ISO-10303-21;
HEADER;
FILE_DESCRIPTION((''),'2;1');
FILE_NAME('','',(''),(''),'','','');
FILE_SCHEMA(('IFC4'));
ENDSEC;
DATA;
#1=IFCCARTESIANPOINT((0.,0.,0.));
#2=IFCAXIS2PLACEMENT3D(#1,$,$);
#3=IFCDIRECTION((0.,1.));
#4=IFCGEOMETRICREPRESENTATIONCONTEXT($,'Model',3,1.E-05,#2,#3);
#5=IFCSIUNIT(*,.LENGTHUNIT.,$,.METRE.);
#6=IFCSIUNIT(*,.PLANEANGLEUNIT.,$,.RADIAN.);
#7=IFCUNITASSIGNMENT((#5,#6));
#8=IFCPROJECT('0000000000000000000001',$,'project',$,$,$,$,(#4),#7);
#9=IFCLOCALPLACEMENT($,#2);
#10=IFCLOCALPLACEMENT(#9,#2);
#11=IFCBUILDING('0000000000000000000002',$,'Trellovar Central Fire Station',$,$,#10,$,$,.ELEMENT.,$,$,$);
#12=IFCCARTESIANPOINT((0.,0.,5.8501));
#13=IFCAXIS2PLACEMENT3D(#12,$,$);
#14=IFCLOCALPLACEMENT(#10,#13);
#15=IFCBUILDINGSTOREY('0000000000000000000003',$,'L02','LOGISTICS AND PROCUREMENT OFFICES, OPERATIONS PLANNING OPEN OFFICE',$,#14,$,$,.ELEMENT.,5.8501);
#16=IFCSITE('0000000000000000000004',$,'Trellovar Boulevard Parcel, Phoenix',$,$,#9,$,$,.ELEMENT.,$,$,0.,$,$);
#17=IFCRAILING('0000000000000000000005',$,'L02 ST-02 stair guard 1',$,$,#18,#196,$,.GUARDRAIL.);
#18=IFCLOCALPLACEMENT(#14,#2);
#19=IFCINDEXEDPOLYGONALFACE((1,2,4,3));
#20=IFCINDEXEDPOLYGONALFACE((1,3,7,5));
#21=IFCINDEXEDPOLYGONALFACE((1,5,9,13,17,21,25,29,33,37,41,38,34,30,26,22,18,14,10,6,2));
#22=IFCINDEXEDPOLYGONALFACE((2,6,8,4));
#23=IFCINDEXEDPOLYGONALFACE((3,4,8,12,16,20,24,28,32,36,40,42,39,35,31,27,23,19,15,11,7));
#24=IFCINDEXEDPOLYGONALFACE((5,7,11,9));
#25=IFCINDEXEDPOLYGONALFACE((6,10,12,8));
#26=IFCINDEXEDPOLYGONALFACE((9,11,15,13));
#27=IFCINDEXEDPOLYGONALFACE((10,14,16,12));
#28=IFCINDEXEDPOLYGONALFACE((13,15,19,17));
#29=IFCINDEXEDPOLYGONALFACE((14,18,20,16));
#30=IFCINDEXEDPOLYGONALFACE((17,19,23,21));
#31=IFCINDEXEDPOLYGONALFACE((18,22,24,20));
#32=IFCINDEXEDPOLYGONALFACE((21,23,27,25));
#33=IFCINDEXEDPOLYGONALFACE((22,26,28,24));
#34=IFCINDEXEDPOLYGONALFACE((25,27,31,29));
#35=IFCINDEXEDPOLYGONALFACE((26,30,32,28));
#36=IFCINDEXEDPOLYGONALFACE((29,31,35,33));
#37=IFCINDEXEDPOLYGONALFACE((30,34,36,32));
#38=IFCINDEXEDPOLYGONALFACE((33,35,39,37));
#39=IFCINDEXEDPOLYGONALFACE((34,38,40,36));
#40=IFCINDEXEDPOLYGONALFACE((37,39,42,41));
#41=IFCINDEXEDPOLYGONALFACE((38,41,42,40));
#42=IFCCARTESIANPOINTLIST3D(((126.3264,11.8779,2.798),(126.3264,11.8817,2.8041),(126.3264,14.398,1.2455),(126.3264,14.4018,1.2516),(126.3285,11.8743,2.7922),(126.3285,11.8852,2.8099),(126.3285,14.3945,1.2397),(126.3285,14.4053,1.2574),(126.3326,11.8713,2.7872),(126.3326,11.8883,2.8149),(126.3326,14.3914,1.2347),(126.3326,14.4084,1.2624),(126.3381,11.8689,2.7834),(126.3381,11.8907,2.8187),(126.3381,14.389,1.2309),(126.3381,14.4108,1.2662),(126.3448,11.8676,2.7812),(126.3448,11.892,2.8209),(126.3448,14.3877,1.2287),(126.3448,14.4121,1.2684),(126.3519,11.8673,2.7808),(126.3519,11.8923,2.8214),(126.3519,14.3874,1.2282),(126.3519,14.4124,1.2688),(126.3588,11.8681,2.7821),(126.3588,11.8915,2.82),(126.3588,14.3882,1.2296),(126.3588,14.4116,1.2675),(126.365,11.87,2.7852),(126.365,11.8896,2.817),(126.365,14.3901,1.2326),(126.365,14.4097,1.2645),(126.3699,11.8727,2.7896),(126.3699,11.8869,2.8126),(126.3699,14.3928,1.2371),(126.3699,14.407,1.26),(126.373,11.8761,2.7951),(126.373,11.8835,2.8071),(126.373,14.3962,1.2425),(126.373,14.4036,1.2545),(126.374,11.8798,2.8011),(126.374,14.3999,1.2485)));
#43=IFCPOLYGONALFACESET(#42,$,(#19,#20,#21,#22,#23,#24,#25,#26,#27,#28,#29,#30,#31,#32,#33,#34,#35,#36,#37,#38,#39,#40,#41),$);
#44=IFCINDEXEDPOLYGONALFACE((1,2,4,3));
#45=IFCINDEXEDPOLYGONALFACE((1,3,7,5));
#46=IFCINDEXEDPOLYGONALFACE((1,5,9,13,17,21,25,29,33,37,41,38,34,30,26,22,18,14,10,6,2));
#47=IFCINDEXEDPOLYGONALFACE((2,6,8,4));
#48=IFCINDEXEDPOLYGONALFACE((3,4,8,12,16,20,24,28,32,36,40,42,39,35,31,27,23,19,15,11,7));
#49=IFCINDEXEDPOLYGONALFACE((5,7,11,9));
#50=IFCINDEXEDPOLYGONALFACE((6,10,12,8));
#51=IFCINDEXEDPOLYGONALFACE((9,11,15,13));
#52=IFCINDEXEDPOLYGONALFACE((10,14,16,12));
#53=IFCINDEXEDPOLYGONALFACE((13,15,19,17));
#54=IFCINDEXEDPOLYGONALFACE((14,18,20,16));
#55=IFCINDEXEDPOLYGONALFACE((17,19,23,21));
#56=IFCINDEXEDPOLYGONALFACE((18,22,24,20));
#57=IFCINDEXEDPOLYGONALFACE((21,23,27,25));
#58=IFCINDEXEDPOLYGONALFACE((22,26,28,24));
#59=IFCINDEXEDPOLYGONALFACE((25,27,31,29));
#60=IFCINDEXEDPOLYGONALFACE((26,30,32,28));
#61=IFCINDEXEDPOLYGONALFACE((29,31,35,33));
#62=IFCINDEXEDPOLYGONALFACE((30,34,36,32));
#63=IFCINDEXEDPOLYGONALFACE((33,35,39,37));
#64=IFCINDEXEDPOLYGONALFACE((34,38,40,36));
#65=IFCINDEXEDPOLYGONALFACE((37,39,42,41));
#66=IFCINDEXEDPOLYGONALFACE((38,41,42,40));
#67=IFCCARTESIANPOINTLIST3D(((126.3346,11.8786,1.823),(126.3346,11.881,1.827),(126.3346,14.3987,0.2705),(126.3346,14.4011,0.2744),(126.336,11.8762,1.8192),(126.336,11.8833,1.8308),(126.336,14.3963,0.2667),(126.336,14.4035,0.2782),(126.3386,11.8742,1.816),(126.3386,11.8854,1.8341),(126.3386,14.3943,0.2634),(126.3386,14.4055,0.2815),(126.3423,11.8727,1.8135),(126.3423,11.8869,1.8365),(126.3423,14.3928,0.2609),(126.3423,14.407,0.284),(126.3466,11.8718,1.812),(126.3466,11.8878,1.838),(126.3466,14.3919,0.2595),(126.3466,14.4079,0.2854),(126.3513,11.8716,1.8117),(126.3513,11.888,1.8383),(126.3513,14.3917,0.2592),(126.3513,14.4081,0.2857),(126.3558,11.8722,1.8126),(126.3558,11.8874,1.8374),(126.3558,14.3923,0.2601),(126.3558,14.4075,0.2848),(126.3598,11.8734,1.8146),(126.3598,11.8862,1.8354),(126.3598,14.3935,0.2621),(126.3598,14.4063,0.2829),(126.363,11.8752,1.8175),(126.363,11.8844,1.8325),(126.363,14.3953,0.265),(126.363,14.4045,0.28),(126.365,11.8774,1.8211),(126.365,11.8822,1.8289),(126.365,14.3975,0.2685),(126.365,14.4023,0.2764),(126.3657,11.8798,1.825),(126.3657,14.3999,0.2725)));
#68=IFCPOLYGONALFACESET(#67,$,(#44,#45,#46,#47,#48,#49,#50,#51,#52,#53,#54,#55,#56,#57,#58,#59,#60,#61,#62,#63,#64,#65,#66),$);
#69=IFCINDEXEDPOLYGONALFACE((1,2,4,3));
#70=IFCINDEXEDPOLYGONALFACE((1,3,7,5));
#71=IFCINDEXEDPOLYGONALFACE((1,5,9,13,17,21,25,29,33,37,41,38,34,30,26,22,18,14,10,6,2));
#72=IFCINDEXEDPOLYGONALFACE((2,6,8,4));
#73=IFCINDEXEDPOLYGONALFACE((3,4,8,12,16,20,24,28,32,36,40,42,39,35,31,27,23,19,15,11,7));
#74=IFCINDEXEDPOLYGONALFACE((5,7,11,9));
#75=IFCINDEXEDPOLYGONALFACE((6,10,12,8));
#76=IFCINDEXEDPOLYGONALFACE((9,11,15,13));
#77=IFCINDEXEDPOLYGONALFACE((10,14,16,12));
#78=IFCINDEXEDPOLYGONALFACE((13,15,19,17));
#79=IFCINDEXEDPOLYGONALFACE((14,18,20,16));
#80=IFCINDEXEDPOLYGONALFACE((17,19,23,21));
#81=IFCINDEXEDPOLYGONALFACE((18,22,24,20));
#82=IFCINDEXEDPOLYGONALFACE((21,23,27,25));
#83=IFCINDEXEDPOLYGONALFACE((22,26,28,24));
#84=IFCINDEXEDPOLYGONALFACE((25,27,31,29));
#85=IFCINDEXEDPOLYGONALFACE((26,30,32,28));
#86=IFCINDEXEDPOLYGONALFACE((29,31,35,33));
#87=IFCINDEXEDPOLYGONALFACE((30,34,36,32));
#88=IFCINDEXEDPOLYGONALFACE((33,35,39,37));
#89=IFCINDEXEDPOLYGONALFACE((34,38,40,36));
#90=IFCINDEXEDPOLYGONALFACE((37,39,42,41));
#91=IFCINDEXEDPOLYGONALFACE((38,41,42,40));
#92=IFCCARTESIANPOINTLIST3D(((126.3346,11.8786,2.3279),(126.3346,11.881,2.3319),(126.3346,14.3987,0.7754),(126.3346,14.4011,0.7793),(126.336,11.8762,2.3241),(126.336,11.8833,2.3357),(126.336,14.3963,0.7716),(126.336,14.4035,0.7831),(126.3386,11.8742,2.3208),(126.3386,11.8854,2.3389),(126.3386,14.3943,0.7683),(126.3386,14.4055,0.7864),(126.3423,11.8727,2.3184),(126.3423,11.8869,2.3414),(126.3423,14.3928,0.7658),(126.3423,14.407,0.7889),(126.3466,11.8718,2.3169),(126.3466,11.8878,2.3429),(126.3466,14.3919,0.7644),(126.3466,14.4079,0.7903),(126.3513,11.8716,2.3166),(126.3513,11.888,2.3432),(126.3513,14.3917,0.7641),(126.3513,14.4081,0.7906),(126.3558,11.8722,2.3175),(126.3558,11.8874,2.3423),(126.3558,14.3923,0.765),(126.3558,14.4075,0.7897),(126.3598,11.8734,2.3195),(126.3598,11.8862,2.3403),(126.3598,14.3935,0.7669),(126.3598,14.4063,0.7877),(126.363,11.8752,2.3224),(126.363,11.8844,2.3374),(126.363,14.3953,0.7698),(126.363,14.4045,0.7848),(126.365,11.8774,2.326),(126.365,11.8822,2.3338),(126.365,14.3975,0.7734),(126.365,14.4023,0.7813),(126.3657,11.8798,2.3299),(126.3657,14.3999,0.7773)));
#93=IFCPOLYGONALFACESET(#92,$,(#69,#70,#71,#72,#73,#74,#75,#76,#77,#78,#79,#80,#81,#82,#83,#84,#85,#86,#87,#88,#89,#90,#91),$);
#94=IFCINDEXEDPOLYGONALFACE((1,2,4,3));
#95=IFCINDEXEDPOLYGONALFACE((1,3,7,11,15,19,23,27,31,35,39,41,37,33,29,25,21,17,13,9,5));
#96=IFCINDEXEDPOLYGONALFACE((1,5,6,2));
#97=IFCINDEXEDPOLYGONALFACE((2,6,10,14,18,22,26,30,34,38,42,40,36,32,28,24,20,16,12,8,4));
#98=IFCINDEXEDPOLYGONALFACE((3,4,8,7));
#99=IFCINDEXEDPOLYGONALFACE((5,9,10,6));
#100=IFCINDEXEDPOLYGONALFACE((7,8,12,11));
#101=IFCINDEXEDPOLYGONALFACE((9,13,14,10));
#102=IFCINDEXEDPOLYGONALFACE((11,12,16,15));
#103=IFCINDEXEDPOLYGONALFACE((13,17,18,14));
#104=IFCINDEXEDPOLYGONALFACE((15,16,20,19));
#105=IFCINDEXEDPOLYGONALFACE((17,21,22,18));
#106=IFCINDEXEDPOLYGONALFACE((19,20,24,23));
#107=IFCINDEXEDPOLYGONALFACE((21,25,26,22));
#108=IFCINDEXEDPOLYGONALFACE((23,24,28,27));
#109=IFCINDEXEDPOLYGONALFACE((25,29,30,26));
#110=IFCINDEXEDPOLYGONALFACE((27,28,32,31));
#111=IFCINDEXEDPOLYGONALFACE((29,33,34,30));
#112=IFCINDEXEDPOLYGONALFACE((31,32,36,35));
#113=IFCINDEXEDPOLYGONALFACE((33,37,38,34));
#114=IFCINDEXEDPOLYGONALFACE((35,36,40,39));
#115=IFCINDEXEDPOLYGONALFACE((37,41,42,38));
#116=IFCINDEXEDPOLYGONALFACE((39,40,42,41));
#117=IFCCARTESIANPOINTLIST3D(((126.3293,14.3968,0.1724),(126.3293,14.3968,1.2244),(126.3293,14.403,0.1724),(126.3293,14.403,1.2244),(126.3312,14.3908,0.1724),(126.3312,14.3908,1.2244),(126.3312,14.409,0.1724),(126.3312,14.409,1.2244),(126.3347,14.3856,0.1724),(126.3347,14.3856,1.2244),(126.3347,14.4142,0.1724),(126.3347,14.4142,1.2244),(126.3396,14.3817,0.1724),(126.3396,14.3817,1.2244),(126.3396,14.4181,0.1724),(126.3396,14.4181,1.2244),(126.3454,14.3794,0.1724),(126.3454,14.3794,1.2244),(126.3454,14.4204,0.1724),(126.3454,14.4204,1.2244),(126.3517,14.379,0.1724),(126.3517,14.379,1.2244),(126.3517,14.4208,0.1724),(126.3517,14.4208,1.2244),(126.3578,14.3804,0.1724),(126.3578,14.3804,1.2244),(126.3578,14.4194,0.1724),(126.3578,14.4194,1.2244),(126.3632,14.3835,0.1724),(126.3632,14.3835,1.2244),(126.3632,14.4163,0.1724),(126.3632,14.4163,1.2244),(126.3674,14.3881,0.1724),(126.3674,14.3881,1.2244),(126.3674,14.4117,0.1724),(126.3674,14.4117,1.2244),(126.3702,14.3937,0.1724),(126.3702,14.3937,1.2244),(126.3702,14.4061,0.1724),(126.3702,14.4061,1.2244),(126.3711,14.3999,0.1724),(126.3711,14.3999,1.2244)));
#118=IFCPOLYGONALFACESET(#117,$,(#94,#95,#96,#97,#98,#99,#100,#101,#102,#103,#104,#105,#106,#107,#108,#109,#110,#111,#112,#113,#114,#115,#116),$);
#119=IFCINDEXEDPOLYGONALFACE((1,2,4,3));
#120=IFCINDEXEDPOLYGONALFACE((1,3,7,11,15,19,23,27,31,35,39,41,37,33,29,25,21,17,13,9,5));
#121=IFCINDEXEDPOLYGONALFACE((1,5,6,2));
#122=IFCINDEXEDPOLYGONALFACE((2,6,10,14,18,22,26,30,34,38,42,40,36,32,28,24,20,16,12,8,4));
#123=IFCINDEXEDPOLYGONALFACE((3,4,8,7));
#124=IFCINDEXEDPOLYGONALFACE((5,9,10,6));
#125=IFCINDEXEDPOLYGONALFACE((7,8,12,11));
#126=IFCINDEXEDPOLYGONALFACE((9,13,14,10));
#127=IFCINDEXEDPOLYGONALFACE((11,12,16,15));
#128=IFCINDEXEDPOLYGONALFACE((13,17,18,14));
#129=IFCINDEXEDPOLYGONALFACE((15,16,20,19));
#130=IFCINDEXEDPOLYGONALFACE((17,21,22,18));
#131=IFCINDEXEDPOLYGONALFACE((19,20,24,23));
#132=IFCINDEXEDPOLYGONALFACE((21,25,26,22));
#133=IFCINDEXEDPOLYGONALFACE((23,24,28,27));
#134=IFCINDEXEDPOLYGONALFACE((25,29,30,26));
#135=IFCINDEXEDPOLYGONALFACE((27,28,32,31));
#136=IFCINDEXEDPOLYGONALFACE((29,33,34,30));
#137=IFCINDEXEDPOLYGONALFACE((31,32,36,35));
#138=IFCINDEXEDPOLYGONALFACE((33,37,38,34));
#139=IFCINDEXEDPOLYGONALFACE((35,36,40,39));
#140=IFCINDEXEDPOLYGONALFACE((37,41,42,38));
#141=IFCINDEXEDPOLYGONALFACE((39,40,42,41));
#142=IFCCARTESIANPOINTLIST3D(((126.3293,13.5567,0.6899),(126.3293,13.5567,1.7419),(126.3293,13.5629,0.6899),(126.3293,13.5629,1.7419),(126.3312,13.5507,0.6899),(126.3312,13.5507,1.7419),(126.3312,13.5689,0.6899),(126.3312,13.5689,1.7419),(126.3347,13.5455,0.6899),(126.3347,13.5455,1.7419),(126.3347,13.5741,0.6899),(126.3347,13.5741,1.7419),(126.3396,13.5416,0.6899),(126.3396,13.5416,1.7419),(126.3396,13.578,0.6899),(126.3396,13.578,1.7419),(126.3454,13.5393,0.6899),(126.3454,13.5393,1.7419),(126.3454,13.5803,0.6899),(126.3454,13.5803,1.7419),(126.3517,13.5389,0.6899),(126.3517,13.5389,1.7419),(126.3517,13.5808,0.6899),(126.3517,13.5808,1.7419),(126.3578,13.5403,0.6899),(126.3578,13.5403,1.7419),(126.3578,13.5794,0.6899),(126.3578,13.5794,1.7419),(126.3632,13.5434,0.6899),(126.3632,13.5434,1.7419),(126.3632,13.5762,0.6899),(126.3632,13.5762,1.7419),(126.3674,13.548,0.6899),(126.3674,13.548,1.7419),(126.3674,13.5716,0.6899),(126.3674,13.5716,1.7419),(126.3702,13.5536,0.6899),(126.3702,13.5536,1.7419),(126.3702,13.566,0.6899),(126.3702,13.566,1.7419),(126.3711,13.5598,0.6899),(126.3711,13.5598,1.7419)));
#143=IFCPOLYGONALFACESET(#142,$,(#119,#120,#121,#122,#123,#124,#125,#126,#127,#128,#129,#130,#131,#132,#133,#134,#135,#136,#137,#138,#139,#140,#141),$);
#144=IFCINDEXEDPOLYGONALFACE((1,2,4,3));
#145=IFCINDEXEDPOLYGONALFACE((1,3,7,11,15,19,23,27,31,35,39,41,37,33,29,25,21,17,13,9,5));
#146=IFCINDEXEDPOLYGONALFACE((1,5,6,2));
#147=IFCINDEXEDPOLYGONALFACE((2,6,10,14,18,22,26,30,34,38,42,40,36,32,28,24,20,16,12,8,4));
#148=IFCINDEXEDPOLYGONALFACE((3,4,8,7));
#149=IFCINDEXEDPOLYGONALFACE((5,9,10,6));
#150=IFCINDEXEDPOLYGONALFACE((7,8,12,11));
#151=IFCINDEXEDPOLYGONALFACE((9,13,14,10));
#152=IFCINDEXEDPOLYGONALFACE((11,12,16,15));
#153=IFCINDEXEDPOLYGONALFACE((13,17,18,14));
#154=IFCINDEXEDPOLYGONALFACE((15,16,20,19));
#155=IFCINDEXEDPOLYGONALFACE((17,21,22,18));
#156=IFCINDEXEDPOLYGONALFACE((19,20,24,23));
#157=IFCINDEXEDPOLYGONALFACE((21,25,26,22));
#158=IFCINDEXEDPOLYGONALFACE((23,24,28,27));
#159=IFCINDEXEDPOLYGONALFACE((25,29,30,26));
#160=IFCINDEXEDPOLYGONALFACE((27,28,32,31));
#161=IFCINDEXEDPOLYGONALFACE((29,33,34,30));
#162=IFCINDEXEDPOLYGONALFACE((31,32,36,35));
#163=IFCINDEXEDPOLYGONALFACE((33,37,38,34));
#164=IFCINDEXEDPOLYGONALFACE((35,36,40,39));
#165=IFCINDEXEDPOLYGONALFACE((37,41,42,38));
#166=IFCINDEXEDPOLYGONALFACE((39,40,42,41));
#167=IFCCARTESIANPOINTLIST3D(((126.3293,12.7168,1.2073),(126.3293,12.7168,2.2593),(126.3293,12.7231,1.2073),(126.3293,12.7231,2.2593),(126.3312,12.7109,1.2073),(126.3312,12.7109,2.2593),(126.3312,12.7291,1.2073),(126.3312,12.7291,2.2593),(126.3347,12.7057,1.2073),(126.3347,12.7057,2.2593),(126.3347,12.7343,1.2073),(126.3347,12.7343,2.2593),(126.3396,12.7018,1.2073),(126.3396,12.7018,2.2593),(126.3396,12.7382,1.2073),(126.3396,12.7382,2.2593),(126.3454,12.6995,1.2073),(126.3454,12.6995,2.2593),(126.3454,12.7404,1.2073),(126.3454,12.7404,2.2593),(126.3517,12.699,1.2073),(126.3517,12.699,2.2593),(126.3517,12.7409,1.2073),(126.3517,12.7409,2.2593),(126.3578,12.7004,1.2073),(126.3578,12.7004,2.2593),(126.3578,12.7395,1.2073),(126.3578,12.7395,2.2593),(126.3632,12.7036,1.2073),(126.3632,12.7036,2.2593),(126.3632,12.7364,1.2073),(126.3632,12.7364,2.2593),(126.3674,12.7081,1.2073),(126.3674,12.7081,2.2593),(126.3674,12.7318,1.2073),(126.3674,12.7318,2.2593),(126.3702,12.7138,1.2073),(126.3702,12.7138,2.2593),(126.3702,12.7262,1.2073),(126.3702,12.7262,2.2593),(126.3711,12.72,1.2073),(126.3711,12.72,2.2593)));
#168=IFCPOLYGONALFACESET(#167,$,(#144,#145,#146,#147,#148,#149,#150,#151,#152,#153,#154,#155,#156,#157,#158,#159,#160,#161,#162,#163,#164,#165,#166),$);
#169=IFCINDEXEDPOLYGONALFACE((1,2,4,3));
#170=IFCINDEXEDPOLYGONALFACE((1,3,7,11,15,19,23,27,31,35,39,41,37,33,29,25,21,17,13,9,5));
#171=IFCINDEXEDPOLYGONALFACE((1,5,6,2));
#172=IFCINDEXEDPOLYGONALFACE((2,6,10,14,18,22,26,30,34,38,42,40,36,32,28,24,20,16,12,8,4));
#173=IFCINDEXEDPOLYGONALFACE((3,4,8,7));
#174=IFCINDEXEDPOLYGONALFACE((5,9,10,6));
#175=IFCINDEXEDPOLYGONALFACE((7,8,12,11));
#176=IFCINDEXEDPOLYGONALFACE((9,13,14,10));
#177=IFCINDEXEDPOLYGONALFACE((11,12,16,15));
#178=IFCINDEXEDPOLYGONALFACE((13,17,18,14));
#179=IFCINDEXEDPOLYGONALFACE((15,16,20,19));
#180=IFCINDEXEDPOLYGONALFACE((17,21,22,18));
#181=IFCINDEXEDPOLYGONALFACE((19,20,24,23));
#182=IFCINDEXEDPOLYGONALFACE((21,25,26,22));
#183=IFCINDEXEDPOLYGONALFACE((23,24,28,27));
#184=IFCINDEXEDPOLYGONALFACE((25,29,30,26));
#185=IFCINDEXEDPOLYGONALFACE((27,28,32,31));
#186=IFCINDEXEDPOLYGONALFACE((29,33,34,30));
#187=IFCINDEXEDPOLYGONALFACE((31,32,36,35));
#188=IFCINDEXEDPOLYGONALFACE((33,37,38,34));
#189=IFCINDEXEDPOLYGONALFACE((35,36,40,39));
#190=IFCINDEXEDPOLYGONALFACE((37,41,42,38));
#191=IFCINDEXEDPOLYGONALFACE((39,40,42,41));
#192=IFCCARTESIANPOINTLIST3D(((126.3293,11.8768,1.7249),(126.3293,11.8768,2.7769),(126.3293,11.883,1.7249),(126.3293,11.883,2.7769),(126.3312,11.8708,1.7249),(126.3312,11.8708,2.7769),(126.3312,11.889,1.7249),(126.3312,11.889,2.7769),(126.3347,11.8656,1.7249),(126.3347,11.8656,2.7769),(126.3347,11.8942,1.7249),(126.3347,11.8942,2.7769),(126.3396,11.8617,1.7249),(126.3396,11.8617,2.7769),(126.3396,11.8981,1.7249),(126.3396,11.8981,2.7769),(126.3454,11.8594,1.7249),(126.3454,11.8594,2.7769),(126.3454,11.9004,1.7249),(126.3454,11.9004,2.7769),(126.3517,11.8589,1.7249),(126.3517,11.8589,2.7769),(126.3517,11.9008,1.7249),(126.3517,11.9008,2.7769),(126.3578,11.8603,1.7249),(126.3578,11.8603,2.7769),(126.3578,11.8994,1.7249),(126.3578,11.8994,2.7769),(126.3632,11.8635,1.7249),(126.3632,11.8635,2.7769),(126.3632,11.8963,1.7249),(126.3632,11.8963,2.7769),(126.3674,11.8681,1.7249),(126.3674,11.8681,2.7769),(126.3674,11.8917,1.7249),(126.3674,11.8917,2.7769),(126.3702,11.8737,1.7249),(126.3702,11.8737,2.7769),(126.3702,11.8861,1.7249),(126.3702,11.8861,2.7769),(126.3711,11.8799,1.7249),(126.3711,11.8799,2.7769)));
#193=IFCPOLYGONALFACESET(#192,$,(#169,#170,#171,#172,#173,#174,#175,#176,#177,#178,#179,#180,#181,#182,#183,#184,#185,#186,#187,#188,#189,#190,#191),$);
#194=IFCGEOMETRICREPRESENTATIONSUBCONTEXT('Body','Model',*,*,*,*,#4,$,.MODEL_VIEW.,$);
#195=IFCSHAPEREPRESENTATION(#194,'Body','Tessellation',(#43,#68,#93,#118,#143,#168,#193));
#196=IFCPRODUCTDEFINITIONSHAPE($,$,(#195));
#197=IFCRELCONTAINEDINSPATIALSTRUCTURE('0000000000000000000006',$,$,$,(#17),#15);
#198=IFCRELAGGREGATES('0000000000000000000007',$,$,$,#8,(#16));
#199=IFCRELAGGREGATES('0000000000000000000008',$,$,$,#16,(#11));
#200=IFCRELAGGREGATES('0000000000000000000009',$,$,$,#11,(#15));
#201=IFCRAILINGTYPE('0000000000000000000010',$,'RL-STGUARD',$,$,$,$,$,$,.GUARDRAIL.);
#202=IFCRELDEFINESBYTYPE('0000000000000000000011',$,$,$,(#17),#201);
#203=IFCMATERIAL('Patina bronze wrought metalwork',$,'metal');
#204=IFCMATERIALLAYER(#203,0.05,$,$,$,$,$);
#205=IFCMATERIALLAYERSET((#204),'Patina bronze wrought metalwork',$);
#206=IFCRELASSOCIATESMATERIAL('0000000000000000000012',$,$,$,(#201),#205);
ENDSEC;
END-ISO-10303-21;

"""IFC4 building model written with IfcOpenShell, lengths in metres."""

from ifc_helpers import new_model, si_unit, direction, frame, origin, origin_2d, place, context, subcontext, project, spatial, circle, extrude, material, layer, layer_set, type_object, element, save


model = new_model("IFC4")

# Units and contexts
model_context = context("Model", 3, precision=1e-05, world=origin(), true_north=direction((0.0, 1.0)))
body_context = subcontext(model_context, "Body", "Model", "MODEL_VIEW")
ifc_project = project(units=[si_unit("LENGTHUNIT", "METRE"), si_unit("PLANEANGLEUNIT", "RADIAN")], contexts=[model_context])

# Site, building, storey
site_placement = place(None, origin())
site = spatial("IfcSite", under=ifc_project, at=site_placement, Name="Trellovar Boulevard Parcel, Phoenix", CompositionType="ELEMENT", RefElevation=0.0)
building_placement = place(site_placement, origin())
building = spatial("IfcBuilding", under=site, at=building_placement, Name="Trellovar Central Fire Station", CompositionType="ELEMENT")
storey_placement = place(building_placement, frame((0.0, 0.0, 5.8501)))
storey = spatial("IfcBuildingStorey", under=building, at=storey_placement, Name="L02", Description="LOGISTICS AND PROCUREMENT OFFICES, OPERATIONS PLANNING OPEN OFFICE", CompositionType="ELEMENT", Elevation=5.8501)

# Railing
ifc_material_1 = material(Name="Patina bronze wrought metalwork", Category="metal")
ifc_layer_1 = layer(ifc_material_1, 0.05)
ifc_layer_set_1 = layer_set([ifc_layer_1], Name="Patina bronze wrought metalwork")
railing_type_1 = type_object("IfcRailingType", Name="RL-STGUARD", PredefinedType="GUARDRAIL", material=ifc_layer_set_1)
railing_1_placement = place(storey_placement, frame((126.3501, 14.3999, 0.1724)))
element("IfcRailing", 1, at=railing_1_placement, inside=storey, type_object=railing_type_1, Name="L02 ST-02 stair guard 1", PredefinedType="GUARDRAIL", context=body_context, shape_type="SweptSolid", body=[
    extrude(circle(Radius=0.0239, at=origin_2d()), frame((0.0, 0.0, 1.0762), z_axis=(0.0, -0.8514, 0.524516), x_axis=(1.0, 0.0, 0.0)), (0.0, 0.0, 1.0), 2.96),
    extrude(circle(Radius=0.0156, at=origin_2d()), frame((0.0, 0.0, 0.1001), z_axis=(0.0, -0.8514, 0.524516), x_axis=(1.0, 0.0, 0.0)), (0.0, 0.0, 1.0), 2.96),
    extrude(circle(Radius=0.0156, at=origin_2d()), frame((0.0, 0.0, 0.605), z_axis=(0.0, -0.8514, 0.524516), x_axis=(1.0, 0.0, 0.0)), (0.0, 0.0, 1.0), 2.96),
    extrude(circle(Radius=0.021, at=origin_2d()), origin(), (0.0, 0.0, 1.0), 1.052),
    extrude(circle(Radius=0.021, at=origin_2d()), frame((0.0, -0.8401, 0.5176)), (0.0, 0.0, 1.0), 1.052),
    extrude(circle(Radius=0.021, at=origin_2d()), frame((0.0, -1.6799, 1.0349)), (0.0, 0.0, 1.0), 1.052),
    extrude(circle(Radius=0.021, at=origin_2d()), frame((0.0, -2.52, 1.5525)), (0.0, 0.0, 1.0), 1.052),
])

save(model, "model.ifc")
